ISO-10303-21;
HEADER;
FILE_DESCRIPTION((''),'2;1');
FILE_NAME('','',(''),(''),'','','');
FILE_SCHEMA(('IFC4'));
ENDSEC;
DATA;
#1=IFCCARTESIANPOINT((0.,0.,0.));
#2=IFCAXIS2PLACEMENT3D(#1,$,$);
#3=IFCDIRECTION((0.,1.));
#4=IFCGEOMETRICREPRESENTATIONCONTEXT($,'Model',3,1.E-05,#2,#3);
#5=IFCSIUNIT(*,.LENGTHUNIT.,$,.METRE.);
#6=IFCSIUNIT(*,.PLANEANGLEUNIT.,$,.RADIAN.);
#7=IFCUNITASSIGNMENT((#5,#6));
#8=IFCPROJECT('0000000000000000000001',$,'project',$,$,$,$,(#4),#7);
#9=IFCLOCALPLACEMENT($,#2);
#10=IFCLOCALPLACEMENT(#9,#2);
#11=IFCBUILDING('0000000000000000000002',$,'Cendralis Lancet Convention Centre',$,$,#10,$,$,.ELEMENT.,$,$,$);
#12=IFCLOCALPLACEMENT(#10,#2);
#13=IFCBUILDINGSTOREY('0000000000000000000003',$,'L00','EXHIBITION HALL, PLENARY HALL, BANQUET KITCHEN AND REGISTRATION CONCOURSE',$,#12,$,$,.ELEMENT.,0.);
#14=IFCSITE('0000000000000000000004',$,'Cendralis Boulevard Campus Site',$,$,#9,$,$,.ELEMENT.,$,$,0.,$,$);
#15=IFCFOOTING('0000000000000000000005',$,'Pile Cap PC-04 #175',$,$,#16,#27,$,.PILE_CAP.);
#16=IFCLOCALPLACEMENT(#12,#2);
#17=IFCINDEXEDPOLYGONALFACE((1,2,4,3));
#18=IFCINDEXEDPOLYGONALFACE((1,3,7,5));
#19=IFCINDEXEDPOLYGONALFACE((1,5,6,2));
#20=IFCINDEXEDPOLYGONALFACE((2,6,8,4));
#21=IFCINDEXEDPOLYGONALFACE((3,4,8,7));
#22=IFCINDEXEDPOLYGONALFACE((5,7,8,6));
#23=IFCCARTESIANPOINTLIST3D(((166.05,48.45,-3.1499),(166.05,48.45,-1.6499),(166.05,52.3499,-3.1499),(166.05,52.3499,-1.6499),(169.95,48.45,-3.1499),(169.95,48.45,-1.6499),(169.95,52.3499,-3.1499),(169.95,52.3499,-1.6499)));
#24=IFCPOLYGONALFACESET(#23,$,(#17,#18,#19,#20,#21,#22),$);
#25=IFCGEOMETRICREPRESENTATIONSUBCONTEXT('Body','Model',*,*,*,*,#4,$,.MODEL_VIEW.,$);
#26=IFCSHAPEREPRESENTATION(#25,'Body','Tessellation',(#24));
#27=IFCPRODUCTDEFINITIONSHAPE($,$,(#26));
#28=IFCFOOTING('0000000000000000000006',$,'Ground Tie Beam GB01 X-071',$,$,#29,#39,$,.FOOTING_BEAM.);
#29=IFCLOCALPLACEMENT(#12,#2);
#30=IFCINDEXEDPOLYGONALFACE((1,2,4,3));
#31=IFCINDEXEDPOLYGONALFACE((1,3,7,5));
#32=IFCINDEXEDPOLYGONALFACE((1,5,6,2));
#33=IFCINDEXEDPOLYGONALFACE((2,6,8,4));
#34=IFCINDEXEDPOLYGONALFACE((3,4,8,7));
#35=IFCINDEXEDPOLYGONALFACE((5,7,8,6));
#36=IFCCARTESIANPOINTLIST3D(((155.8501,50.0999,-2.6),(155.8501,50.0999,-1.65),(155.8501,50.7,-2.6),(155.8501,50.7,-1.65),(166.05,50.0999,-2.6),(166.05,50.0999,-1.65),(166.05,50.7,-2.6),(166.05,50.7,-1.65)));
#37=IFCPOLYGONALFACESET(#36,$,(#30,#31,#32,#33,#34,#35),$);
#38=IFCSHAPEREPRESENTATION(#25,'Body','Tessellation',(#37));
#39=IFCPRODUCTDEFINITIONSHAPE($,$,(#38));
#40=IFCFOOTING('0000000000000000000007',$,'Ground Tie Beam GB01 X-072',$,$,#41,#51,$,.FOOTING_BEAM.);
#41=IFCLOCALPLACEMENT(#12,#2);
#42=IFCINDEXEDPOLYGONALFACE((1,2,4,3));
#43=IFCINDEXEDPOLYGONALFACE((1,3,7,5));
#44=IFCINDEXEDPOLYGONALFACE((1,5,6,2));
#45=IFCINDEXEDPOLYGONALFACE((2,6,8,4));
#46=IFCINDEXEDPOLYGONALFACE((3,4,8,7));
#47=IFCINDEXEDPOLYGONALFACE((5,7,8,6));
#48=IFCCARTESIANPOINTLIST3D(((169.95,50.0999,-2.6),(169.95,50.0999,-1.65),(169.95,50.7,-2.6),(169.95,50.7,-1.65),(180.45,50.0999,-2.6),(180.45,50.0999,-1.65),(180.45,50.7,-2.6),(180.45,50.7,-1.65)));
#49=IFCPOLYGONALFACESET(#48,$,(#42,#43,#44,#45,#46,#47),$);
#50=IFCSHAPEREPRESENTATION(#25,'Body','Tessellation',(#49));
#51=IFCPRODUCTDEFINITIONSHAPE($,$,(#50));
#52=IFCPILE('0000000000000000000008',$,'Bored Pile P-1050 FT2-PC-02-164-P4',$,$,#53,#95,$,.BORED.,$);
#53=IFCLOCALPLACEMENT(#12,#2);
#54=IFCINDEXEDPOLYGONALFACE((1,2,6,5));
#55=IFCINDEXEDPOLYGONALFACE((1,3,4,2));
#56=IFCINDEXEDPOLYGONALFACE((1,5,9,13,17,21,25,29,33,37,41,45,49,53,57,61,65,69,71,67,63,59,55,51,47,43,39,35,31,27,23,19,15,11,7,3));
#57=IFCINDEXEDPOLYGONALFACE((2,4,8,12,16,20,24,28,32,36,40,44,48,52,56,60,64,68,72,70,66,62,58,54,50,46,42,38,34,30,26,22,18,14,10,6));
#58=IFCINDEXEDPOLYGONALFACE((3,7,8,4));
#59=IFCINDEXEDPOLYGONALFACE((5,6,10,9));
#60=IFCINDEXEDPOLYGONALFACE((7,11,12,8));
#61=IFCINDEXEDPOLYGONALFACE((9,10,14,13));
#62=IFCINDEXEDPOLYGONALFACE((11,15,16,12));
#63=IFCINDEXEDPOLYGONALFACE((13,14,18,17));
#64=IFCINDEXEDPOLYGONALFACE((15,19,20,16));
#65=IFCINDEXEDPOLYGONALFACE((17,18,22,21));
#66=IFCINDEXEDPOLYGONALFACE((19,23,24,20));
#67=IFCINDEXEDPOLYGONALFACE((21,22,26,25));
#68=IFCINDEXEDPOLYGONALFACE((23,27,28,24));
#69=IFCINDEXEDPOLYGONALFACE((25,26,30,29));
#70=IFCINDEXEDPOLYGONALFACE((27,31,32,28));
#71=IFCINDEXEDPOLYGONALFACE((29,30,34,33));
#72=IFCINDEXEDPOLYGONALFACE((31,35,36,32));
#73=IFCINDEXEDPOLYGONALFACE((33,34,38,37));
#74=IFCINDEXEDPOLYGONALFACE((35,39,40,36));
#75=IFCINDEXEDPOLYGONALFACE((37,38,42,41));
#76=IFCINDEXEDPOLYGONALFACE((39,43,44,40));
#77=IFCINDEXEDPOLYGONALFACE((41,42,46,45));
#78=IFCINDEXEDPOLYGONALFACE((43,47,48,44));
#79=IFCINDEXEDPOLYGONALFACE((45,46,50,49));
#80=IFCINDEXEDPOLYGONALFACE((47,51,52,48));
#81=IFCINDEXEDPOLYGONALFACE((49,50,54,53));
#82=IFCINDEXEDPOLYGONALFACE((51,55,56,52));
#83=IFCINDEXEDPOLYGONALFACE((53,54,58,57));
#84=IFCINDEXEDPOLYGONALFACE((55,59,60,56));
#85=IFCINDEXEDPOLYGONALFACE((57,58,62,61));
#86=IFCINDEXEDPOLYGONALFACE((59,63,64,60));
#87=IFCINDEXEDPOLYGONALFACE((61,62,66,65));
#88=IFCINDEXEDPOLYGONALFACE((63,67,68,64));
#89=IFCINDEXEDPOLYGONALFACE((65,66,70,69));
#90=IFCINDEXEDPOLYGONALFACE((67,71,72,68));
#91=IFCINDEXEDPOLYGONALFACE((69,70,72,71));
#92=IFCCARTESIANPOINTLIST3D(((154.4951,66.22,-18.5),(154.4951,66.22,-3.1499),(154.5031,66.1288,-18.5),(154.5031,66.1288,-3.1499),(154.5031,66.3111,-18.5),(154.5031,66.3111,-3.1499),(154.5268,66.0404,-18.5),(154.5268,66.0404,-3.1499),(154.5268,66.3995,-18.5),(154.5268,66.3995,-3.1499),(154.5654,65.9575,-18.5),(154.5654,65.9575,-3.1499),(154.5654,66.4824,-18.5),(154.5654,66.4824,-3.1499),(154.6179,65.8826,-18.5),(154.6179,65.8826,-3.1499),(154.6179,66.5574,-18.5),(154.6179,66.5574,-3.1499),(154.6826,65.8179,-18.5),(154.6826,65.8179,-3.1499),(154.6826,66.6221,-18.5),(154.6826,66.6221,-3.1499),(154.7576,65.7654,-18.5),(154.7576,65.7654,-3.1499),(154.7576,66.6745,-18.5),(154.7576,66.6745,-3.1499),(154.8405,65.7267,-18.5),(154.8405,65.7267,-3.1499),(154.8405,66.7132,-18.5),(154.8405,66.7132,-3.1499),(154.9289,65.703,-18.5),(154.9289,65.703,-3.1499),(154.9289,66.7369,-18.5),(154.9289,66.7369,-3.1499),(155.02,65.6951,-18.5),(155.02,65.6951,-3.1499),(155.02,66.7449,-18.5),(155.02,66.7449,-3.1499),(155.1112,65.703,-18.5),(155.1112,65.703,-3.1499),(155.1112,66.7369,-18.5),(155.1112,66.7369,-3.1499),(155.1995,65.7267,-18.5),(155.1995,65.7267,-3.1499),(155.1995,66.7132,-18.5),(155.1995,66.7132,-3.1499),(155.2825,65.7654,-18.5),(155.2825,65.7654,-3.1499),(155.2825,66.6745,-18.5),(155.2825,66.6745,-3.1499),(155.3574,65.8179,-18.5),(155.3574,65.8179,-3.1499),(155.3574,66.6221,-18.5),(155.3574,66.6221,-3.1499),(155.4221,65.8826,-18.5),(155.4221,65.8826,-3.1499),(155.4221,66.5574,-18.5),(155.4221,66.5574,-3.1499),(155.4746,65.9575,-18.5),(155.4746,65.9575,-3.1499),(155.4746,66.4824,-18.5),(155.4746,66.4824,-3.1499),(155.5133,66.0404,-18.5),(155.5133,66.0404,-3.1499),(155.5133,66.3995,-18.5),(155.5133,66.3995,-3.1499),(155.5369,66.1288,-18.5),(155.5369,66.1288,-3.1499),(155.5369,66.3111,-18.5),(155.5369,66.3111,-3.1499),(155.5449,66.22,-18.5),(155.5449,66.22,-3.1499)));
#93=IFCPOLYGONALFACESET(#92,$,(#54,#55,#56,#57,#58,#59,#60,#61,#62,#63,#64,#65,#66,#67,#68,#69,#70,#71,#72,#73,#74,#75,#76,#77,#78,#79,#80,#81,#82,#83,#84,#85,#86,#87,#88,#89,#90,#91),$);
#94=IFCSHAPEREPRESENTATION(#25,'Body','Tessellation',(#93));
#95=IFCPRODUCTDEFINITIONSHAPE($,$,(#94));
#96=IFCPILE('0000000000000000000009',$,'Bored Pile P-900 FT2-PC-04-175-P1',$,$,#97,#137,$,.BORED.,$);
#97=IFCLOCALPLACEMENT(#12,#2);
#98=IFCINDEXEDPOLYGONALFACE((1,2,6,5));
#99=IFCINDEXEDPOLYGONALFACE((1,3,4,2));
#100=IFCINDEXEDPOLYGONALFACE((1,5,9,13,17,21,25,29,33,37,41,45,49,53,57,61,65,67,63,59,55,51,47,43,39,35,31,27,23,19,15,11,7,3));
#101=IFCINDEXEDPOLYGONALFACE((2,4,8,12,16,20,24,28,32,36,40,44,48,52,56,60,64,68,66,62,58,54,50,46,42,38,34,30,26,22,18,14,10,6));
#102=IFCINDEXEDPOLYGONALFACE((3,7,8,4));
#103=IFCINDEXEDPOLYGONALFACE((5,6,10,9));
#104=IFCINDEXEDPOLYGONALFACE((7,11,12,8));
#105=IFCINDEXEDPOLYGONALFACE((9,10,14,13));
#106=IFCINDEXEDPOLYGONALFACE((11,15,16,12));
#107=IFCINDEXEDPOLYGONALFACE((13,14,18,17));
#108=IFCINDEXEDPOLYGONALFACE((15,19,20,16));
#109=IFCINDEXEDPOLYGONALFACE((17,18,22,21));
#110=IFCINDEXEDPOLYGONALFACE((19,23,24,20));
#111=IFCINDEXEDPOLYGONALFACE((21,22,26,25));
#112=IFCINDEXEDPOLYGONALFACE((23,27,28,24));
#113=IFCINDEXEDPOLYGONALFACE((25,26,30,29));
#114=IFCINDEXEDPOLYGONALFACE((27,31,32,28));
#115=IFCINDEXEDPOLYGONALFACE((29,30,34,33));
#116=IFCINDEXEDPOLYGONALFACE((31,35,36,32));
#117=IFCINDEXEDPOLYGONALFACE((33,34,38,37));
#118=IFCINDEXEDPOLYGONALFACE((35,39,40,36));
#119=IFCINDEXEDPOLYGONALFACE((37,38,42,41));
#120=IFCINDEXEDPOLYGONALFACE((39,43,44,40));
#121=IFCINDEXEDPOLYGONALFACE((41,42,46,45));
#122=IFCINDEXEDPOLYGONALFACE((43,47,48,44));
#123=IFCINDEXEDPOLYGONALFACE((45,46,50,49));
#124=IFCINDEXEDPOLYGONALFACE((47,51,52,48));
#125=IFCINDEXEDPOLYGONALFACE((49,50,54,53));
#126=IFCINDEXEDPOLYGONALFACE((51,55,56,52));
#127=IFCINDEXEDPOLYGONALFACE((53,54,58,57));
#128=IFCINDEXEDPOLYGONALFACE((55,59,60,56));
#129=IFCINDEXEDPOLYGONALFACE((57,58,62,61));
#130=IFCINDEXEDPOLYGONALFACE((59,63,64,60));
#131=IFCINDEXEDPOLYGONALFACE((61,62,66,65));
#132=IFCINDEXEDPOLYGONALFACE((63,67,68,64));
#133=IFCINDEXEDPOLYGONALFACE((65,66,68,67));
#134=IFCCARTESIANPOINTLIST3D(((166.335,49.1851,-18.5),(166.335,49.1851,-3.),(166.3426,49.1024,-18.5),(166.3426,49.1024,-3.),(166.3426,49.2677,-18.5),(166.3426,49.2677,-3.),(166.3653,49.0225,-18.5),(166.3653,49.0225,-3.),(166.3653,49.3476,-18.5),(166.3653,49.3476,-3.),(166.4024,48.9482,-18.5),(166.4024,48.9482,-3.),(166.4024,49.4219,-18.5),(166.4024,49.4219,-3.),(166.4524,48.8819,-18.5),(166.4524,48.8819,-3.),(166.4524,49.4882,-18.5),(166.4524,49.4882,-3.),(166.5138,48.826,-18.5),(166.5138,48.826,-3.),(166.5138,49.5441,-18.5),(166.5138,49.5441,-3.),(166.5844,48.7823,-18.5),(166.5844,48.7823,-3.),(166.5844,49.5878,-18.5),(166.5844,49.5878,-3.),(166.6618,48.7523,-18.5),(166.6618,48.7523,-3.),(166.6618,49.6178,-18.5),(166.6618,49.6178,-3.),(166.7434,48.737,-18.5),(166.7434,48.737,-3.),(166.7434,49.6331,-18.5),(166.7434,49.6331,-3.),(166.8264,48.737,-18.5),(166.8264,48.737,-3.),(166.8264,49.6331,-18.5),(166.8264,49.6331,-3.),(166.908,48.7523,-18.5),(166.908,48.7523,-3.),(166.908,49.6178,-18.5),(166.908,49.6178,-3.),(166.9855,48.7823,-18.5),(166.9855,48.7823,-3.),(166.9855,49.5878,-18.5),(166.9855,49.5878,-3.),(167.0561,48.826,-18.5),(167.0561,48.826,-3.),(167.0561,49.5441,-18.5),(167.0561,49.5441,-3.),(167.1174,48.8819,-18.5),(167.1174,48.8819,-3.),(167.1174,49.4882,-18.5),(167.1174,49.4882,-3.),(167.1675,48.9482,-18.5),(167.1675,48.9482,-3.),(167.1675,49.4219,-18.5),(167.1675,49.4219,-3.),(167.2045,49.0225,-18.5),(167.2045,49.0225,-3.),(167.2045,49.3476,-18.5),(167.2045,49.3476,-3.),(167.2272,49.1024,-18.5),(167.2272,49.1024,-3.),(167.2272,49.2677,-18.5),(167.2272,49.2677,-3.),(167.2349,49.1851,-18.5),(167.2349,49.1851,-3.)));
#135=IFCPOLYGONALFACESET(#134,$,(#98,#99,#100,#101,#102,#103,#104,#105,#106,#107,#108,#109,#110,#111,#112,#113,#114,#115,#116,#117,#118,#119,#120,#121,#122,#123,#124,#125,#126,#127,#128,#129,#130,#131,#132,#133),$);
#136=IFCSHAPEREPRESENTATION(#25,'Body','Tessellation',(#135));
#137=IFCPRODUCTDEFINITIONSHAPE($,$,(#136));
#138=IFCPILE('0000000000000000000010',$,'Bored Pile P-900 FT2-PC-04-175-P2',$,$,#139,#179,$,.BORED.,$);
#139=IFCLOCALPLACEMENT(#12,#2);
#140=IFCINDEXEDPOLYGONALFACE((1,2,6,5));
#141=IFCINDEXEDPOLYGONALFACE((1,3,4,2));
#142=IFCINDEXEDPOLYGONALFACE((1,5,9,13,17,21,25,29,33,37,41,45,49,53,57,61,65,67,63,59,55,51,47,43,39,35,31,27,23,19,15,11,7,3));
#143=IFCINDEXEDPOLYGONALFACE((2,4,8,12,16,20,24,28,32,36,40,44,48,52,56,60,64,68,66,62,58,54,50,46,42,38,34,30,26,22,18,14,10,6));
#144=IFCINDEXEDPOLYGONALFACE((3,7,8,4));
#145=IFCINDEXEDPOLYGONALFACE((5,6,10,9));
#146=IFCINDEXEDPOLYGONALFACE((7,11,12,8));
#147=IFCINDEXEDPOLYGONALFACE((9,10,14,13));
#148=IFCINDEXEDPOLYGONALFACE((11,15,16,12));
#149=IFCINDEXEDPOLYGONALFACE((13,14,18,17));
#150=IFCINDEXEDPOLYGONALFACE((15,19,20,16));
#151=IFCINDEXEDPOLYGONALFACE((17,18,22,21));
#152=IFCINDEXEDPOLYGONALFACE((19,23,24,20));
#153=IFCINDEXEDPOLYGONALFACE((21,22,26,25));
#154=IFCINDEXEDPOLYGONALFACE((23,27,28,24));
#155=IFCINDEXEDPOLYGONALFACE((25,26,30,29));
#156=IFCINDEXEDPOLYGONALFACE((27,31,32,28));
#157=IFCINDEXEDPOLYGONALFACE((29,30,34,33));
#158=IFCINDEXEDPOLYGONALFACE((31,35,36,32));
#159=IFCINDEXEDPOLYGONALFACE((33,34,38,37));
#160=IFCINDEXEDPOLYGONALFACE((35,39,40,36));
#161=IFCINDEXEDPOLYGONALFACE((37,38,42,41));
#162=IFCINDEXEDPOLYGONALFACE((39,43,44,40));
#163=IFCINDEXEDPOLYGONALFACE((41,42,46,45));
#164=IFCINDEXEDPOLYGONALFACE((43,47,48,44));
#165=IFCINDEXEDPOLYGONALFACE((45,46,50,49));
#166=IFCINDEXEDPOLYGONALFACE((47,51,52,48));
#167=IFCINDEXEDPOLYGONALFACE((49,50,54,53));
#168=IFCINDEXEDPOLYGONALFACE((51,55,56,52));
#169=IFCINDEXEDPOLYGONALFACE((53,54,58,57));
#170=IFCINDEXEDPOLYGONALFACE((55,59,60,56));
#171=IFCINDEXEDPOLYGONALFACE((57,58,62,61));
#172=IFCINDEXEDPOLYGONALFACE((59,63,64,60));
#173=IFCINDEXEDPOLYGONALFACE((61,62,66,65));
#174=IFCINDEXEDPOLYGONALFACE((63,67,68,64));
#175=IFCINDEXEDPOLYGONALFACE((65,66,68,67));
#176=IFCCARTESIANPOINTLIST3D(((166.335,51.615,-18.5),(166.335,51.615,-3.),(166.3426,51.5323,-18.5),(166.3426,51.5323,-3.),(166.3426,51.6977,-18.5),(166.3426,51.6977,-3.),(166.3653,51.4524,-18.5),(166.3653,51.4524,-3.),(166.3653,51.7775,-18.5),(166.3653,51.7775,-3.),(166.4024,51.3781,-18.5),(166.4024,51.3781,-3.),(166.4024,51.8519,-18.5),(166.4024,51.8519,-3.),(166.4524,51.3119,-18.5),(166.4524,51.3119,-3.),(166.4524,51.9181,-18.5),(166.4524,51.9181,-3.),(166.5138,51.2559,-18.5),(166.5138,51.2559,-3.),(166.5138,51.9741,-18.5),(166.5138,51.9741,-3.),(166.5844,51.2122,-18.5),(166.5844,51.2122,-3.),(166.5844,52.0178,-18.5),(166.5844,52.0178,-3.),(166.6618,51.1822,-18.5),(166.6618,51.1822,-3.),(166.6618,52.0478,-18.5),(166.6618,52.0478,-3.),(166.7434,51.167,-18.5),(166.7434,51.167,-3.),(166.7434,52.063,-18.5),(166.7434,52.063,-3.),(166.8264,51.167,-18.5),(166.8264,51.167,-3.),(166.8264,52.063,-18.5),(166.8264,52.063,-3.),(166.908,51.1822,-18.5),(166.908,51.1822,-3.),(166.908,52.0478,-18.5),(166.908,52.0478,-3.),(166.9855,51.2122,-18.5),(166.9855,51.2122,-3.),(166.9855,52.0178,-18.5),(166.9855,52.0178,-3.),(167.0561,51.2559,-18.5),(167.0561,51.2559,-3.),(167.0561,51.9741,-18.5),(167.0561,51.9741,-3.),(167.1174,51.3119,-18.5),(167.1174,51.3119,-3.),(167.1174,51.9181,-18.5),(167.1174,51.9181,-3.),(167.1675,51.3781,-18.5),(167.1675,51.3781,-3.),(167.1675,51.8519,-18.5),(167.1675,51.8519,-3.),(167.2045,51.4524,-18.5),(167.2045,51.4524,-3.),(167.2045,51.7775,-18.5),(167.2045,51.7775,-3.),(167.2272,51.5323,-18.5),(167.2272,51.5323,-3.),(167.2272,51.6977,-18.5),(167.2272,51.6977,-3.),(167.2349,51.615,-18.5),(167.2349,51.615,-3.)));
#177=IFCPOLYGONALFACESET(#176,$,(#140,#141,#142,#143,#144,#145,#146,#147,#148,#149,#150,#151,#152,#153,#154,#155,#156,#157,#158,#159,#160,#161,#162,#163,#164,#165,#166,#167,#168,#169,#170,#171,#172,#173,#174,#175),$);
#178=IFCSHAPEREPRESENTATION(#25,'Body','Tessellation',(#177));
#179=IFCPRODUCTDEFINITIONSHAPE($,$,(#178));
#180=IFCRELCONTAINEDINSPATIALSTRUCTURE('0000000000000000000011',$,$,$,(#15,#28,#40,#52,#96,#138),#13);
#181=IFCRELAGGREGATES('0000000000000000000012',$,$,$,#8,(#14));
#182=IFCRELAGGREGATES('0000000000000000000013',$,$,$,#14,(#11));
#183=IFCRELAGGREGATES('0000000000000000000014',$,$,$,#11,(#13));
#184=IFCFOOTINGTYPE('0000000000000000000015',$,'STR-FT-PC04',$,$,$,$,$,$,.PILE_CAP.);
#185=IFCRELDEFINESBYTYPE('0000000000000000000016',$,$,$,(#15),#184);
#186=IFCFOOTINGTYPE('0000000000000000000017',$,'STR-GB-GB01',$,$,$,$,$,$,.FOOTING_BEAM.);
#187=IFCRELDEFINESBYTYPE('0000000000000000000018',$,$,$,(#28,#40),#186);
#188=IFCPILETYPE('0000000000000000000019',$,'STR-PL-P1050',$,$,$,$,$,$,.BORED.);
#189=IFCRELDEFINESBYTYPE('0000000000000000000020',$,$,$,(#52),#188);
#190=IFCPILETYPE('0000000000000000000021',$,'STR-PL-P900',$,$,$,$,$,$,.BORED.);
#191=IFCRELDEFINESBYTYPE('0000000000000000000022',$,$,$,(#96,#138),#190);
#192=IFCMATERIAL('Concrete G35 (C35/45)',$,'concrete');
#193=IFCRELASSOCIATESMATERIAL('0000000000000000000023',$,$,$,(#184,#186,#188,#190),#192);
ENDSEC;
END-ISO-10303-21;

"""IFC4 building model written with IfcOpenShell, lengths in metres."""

from ifc_helpers import new_model, si_unit, direction, frame, origin, origin_2d, place, context, subcontext, project, spatial, rectangle, circle, extrude, material, material_profile, profile_set, type_object, element, save


model = new_model("IFC4")

# Units and contexts
model_context = context("Model", 3, precision=1e-05, world=origin(), true_north=direction((0.0, 1.0)))
body_context = subcontext(model_context, "Body", "Model", "MODEL_VIEW")
ifc_project = project(units=[si_unit("LENGTHUNIT", "METRE"), si_unit("PLANEANGLEUNIT", "RADIAN")], contexts=[model_context])

# Site, building, storey
site_placement = place(None, origin())
site = spatial("IfcSite", under=ifc_project, at=site_placement, Name="Cendralis Boulevard Campus Site", CompositionType="ELEMENT", RefElevation=0.0)
building_placement = place(site_placement, origin())
building = spatial("IfcBuilding", under=site, at=building_placement, Name="Cendralis Lancet Convention Centre", CompositionType="ELEMENT")
storey_placement = place(building_placement, origin())
storey = spatial("IfcBuildingStorey", under=building, at=storey_placement, Name="L00", Description="EXHIBITION HALL, PLENARY HALL, BANQUET KITCHEN AND REGISTRATION CONCOURSE", CompositionType="ELEMENT", Elevation=0.0)

# Footings
ifc_material_1 = material(Name="Concrete G35 (C35/45)", Category="concrete")
footing_type_1 = type_object("IfcFootingType", Name="STR-FT-PC04", PredefinedType="PILE_CAP", material=ifc_material_1)
footing_1_placement = place(storey_placement, frame((168.0, 50.3999, -3.1499), z_axis=(0.0, 0.0, 1.0), x_axis=(1.0, 0.0, 0.0)))
element("IfcFooting", 1, at=footing_1_placement, inside=storey, type_object=footing_type_1, Name="Pile Cap PC-04 #175", PredefinedType="PILE_CAP", context=body_context, shape_type="SweptSolid", body=[
    extrude(rectangle(XDim=3.8999, YDim=3.8999, at=origin_2d()), origin(), (0.0, 0.0, 1.0), 1.5),
])
ifc_material_profile_1 = material_profile(ifc_material_1, rectangle(XDim=0.6001, YDim=0.95, at=origin_2d()), Name="RCB 600x950")
ifc_profile_set_1 = profile_set([ifc_material_profile_1], Name="Concrete G35 (C35/45)")
footing_type_2 = type_object("IfcFootingType", Name="STR-GB-GB01", PredefinedType="FOOTING_BEAM", material=ifc_profile_set_1)
footing_2_placement = place(storey_placement, frame((155.8501, 50.3999, -2.125), z_axis=(1.0, 0.0, 0.0), x_axis=(0.0, 1.0, 0.0)))
element("IfcFooting", 2, at=footing_2_placement, inside=storey, type_object=footing_type_2, Name="Ground Tie Beam GB01 X-071", PredefinedType="FOOTING_BEAM", context=body_context, shape_type="SweptSolid", body=[
    extrude(rectangle(XDim=0.6001, YDim=0.95, at=origin_2d()), origin(), (0.0, 0.0, 1.0), 10.2),
])
footing_3_placement = place(storey_placement, frame((169.95, 50.3999, -2.125), z_axis=(1.0, 0.0, 0.0), x_axis=(0.0, 1.0, 0.0)))
element("IfcFooting", 3, at=footing_3_placement, inside=storey, type_object=footing_type_2, Name="Ground Tie Beam GB01 X-072", PredefinedType="FOOTING_BEAM", context=body_context, shape_type="SweptSolid", body=[
    extrude(rectangle(XDim=0.6001, YDim=0.95, at=origin_2d()), origin(), (0.0, 0.0, 1.0), 10.5),
])

# Piles
ifc_material_profile_2 = material_profile(ifc_material_1, circle(Radius=0.5249, at=origin_2d()), Name="BORED PILE D1050")
ifc_profile_set_2 = profile_set([ifc_material_profile_2], Name="Concrete G35 (C35/45)")
pile_type_1 = type_object("IfcPileType", Name="STR-PL-P1050", PredefinedType="BORED", material=ifc_profile_set_2)
pile_placement = place(storey_placement, frame((155.02, 66.22, -3.1499), z_axis=(0.0, 0.0, -1.0), x_axis=(1.0, 0.0, 0.0)))
element("IfcPile", 4, at=pile_placement, inside=storey, type_object=pile_type_1, Name="Bored Pile P-1050 FT2-PC-02-164-P4", PredefinedType="BORED", context=body_context, shape_type="SweptSolid", body=[
    extrude(circle(Radius=0.5249, at=origin_2d()), origin(), (0.0, 0.0, 1.0), 15.3501),
])
ifc_material_profile_3 = material_profile(ifc_material_1, circle(Radius=0.45, at=origin_2d()), Name="BORED PILE D900")
ifc_profile_set_3 = profile_set([ifc_material_profile_3], Name="Concrete G35 (C35/45)")
pile_type_2 = type_object("IfcPileType", Name="STR-PL-P900", PredefinedType="BORED", material=ifc_profile_set_3)
for number, where, z_axis, x_axis, name in (
    (5, (166.7849, 49.1851, -3.0), (0.0, 0.0, -1.0), (1.0, 0.0, 0.0), "Bored Pile P-900 FT2-PC-04-175-P1"),
    (6, (166.7849, 51.615, -3.0), (0.0, 0.0, -1.0), (1.0, 0.0, 0.0), "Bored Pile P-900 FT2-PC-04-175-P2"),
):
    element("IfcPile", number, at=place(storey_placement, frame(where, z_axis=z_axis, x_axis=x_axis)), inside=storey, type_object=pile_type_2, Name=name, PredefinedType="BORED", context=body_context, shape_type="SweptSolid", body=[
        extrude(circle(Radius=0.45, at=origin_2d()), origin(), (0.0, 0.0, 1.0), 15.5),
    ])

save(model, "model.ifc")
